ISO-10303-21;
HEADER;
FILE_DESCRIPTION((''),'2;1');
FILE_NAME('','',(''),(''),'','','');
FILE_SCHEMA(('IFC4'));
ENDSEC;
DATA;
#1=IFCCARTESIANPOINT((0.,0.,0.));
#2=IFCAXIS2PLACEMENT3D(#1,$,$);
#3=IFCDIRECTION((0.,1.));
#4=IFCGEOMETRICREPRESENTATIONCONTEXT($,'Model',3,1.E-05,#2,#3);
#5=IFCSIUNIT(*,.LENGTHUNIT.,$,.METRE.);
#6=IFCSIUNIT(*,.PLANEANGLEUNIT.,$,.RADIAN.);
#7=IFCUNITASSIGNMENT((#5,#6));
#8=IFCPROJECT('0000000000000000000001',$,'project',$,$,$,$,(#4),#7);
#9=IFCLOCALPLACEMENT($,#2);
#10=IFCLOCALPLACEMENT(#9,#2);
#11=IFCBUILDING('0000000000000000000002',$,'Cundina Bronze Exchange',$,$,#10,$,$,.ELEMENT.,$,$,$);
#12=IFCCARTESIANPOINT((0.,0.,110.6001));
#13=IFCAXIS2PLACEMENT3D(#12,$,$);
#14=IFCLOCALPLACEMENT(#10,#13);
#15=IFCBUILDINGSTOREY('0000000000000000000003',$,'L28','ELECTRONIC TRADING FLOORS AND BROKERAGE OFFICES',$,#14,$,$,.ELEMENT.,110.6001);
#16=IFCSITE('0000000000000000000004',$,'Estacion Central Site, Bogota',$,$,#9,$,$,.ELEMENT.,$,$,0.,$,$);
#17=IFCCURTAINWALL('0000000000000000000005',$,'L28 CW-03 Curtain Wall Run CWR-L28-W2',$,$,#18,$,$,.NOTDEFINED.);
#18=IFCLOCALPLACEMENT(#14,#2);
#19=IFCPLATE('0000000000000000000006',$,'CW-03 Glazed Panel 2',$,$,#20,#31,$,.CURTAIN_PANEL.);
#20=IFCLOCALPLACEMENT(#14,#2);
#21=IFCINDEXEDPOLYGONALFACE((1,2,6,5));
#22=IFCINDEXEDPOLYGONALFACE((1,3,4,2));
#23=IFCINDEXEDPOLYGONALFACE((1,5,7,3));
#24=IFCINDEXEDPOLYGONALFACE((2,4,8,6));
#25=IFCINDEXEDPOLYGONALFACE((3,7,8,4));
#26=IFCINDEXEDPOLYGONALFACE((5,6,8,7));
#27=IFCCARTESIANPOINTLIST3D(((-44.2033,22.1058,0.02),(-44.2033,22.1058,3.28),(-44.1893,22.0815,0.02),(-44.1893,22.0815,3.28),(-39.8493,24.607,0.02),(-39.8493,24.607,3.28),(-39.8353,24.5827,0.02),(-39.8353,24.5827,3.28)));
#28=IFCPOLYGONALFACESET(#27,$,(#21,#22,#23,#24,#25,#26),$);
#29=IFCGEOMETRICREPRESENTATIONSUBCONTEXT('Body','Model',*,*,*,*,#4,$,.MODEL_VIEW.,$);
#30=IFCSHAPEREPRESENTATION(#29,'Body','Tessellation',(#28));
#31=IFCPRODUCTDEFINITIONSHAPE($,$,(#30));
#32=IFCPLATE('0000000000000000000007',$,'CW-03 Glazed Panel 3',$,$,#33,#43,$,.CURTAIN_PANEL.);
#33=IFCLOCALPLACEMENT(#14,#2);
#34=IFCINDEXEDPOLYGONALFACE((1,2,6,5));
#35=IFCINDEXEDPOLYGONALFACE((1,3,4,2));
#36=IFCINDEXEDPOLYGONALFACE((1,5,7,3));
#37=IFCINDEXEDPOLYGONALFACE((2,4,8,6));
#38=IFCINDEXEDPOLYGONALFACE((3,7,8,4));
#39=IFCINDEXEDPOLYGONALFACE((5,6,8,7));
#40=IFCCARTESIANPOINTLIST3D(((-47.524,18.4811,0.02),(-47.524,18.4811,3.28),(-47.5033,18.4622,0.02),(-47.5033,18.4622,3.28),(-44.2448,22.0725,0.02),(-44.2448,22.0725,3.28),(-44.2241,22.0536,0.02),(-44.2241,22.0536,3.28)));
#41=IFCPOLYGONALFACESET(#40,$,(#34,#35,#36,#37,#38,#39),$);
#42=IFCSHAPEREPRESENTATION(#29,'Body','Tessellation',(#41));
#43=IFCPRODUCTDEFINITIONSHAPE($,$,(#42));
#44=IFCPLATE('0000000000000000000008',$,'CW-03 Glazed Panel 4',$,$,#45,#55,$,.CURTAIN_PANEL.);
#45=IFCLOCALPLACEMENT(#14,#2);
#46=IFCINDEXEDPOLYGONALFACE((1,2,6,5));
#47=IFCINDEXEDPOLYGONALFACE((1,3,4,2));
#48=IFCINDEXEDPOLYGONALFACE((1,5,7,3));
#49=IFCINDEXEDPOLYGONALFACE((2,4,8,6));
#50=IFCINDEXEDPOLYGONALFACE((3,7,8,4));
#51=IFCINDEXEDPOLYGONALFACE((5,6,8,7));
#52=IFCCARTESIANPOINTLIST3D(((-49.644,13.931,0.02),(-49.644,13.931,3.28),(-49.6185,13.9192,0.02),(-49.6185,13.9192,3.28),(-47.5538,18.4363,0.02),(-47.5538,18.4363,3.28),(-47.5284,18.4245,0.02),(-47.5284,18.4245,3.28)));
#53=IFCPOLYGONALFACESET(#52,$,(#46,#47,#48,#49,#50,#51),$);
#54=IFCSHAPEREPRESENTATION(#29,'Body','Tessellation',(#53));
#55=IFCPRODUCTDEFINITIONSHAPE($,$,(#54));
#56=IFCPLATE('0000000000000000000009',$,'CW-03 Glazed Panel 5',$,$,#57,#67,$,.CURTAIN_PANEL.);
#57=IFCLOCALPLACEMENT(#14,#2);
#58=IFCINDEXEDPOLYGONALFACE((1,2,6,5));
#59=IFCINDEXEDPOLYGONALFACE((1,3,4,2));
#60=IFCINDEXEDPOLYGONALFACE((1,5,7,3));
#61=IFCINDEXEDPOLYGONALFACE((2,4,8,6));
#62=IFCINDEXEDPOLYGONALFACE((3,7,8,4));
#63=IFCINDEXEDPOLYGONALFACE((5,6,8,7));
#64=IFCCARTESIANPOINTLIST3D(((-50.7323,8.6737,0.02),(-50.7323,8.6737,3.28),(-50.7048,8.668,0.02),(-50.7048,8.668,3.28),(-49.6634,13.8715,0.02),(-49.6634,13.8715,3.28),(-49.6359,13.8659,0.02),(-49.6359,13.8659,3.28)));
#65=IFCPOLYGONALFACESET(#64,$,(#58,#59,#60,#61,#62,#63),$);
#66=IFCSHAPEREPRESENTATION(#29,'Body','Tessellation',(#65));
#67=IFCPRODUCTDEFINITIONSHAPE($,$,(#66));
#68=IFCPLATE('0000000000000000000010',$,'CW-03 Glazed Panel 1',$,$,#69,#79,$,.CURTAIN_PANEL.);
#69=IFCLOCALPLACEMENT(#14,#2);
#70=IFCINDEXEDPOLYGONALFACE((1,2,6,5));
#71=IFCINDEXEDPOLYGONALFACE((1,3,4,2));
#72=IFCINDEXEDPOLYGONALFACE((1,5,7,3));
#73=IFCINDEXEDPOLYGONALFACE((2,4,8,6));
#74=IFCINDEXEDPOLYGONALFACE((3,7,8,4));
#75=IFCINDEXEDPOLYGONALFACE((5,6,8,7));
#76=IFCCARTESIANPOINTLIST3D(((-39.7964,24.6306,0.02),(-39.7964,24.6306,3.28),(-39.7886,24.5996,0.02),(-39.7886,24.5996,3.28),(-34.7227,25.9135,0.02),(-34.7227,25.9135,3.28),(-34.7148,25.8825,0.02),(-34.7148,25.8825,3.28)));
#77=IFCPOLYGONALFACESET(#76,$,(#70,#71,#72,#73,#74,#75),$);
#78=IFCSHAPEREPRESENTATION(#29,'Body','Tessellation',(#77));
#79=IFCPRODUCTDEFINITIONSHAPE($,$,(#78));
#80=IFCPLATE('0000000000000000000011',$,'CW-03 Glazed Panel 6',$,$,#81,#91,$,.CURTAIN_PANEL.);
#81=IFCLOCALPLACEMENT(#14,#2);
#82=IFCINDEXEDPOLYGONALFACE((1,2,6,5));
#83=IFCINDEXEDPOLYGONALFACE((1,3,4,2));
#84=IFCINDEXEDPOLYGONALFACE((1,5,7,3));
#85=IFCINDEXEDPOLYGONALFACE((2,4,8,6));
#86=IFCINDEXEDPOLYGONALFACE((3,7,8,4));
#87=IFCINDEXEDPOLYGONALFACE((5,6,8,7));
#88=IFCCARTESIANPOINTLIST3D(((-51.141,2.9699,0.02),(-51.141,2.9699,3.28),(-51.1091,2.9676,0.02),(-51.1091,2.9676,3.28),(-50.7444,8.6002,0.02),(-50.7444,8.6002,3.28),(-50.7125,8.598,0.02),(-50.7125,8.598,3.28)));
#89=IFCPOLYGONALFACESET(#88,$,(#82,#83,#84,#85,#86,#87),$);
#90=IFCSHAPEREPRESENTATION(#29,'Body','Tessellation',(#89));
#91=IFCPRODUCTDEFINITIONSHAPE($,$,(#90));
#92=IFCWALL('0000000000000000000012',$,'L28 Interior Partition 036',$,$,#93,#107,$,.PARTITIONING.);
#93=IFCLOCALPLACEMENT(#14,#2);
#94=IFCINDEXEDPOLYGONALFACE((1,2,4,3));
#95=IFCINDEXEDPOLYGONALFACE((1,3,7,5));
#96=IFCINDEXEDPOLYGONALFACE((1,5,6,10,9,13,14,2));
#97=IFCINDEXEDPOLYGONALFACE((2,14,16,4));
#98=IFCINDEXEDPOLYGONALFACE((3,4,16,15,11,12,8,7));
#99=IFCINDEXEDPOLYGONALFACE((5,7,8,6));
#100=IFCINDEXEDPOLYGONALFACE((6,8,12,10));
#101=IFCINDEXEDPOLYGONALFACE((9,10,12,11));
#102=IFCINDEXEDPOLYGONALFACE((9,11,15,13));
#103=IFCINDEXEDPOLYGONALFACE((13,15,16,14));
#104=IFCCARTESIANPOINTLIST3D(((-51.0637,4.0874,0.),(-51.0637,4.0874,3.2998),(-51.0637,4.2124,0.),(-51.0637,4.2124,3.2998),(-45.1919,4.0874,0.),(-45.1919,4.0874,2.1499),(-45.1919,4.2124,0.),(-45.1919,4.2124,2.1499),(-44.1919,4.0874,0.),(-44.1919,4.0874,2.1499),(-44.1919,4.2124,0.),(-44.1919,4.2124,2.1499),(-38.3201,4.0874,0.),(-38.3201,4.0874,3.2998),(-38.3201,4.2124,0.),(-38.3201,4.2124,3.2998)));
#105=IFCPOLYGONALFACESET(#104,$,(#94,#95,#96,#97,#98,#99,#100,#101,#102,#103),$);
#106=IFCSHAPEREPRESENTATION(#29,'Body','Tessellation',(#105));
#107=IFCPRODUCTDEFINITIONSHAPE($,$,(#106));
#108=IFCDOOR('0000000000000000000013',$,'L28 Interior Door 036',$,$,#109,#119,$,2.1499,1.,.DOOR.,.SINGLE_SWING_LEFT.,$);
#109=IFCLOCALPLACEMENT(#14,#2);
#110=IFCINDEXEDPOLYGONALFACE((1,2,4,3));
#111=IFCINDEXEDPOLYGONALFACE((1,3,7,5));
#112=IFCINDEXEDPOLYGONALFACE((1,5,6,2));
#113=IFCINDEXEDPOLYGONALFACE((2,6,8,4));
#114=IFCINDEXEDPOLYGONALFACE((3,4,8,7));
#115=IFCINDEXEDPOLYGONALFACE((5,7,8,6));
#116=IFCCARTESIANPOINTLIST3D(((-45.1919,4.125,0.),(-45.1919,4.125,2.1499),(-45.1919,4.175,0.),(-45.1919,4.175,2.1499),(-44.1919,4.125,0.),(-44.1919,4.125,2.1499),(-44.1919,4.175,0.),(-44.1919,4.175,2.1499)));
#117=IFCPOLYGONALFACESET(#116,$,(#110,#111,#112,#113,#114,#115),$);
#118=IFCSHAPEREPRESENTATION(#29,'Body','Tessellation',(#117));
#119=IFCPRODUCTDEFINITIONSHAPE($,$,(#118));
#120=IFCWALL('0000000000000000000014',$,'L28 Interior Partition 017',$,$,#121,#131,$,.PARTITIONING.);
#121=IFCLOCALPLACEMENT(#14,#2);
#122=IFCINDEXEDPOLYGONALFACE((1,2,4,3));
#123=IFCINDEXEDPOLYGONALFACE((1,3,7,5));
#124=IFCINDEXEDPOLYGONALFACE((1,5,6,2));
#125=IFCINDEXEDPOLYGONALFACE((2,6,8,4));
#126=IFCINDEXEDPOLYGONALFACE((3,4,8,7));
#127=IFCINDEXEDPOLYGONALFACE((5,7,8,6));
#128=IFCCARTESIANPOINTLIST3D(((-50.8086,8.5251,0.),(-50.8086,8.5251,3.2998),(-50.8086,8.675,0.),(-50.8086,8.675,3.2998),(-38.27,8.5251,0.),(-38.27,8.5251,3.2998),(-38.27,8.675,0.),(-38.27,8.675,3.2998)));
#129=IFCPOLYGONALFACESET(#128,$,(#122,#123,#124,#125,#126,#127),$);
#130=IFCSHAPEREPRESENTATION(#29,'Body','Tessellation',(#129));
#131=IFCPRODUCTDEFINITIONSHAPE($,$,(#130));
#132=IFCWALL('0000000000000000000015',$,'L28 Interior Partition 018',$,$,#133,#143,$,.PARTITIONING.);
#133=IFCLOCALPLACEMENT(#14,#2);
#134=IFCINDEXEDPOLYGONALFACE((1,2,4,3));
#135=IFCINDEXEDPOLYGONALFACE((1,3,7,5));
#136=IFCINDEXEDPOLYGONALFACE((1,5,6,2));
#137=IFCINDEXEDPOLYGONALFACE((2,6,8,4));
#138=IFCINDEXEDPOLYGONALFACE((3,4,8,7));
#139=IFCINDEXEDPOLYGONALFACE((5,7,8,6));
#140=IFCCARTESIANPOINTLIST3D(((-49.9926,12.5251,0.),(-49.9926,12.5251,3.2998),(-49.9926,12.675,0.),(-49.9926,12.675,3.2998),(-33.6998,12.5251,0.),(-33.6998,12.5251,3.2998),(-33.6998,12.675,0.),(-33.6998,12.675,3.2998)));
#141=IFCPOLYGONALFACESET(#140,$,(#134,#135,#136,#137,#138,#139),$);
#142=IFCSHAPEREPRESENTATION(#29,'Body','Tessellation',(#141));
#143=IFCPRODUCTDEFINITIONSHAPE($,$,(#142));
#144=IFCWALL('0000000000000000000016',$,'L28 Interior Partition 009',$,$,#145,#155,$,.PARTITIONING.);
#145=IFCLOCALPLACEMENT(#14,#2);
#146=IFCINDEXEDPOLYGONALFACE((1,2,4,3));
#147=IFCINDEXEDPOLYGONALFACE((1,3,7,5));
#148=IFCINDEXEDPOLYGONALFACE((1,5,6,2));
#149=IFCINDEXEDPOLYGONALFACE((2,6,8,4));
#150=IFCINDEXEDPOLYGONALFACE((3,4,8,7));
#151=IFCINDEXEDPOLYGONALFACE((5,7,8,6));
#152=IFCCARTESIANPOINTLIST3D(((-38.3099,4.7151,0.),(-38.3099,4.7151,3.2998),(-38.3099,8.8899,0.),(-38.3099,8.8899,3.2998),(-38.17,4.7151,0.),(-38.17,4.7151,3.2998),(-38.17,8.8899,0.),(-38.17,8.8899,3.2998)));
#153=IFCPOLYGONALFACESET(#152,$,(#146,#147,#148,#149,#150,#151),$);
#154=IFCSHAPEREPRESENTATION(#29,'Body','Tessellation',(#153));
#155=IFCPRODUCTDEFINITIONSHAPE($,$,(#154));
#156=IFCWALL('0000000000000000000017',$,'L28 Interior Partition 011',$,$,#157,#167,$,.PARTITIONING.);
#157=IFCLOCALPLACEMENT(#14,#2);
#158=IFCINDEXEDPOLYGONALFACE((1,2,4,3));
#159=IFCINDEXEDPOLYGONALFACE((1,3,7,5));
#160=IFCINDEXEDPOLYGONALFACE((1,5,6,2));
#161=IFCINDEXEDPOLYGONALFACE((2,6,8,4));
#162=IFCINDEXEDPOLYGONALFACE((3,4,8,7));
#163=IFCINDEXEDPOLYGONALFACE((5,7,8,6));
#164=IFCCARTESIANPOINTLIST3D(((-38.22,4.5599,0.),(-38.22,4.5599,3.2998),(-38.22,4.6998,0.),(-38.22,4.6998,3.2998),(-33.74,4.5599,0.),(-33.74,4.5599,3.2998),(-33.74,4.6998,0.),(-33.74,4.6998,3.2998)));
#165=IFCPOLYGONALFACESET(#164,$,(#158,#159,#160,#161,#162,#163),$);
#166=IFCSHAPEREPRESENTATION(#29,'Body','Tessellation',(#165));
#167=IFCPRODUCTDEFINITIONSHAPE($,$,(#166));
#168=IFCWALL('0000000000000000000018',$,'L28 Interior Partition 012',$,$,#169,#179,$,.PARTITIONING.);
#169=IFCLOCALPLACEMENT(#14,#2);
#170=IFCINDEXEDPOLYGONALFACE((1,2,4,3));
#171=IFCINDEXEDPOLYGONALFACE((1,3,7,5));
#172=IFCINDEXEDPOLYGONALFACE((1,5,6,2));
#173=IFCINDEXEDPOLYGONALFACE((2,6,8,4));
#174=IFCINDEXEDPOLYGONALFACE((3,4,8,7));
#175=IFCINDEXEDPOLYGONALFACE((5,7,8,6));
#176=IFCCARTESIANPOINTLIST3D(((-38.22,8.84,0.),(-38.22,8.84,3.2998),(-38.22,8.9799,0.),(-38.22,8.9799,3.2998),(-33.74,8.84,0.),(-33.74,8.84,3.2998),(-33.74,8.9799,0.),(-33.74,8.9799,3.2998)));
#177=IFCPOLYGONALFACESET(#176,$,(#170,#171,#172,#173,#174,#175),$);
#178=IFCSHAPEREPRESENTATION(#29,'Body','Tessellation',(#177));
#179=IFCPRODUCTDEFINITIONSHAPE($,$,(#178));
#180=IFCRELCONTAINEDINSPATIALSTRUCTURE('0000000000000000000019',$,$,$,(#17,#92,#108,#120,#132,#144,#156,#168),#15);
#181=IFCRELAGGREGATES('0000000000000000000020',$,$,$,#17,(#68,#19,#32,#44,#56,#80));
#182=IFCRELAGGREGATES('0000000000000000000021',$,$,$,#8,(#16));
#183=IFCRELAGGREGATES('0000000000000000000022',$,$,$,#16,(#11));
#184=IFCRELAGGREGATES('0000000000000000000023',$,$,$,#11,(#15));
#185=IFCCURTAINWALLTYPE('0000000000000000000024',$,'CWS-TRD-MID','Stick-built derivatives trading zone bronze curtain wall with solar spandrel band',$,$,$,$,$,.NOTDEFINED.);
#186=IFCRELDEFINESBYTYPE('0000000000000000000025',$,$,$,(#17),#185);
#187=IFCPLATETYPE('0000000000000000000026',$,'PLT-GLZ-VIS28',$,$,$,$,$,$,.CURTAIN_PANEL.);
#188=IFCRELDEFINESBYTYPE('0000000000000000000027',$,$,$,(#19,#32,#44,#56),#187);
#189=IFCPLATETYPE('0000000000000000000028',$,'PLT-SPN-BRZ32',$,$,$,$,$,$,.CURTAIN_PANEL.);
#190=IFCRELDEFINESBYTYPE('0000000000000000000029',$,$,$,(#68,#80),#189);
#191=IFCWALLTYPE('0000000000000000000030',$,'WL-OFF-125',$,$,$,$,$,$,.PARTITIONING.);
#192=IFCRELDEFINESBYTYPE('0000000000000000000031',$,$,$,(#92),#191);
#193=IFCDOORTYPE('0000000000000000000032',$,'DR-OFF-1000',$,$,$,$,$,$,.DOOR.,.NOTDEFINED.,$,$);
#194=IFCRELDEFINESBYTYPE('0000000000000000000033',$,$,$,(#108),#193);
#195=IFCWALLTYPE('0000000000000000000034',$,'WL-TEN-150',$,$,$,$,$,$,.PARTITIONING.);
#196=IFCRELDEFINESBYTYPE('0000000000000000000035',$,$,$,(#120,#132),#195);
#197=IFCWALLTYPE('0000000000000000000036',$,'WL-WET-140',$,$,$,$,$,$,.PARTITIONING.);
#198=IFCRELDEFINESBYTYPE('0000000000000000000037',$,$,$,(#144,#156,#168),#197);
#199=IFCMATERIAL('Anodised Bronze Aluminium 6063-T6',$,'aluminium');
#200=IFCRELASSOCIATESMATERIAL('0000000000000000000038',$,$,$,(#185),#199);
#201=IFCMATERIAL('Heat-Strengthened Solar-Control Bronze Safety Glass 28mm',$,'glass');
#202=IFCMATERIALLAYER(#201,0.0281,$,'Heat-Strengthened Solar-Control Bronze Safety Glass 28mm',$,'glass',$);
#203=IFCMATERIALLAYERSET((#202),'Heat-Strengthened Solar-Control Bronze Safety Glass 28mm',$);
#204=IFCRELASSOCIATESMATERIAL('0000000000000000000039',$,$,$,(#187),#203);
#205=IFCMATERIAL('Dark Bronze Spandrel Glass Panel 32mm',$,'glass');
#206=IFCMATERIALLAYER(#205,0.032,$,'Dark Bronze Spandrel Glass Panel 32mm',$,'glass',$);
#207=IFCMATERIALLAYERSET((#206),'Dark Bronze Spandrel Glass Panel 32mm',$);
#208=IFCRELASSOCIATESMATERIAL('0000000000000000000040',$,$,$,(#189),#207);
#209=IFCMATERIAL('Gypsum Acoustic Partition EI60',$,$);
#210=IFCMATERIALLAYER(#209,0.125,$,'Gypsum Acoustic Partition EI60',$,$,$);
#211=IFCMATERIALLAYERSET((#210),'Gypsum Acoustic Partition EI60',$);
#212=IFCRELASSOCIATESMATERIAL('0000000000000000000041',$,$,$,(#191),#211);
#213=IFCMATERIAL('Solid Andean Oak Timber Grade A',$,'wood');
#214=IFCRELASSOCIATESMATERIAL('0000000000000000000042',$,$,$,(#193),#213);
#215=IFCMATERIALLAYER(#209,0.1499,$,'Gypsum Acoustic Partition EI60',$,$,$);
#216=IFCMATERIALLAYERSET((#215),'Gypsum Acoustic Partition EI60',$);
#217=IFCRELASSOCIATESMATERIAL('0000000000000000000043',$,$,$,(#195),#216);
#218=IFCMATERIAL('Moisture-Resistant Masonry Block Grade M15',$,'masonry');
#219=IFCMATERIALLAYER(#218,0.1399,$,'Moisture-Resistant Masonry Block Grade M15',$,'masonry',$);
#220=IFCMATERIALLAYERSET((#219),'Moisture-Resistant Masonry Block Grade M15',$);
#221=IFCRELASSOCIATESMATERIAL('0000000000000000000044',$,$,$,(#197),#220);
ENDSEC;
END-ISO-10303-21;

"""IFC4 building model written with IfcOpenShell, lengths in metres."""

from ifc_helpers import new_model, si_unit, direction, frame, frame_2d, origin, origin_2d, place, context, subcontext, project, spatial, rectangle, extrude, material, layer, layer_set, type_object, element, fill, aggregate, save


model = new_model("IFC4")

# Units and contexts
model_context = context("Model", 3, precision=1e-05, world=origin(), true_north=direction((0.0, 1.0)))
body_context = subcontext(model_context, "Body", "Model", "MODEL_VIEW")
ifc_project = project(units=[si_unit("LENGTHUNIT", "METRE"), si_unit("PLANEANGLEUNIT", "RADIAN")], contexts=[model_context])

# Site, building, storey
site_placement = place(None, origin())
site = spatial("IfcSite", under=ifc_project, at=site_placement, Name="Estacion Central Site, Bogota", CompositionType="ELEMENT", RefElevation=0.0)
building_placement = place(site_placement, origin())
building = spatial("IfcBuilding", under=site, at=building_placement, Name="Cundina Bronze Exchange", CompositionType="ELEMENT")
storey_placement = place(building_placement, frame((0.0, 0.0, 110.6001)))
storey = spatial("IfcBuildingStorey", under=building, at=storey_placement, Name="L28", Description="ELECTRONIC TRADING FLOORS AND BROKERAGE OFFICES", CompositionType="ELEMENT", Elevation=110.6001)

# Curtain wall, plates
ifc_material_1 = material(Name="Anodised Bronze Aluminium 6063-T6", Category="aluminium")
curtain_wall_type = type_object("IfcCurtainWallType", Name="CWS-TRD-MID", Description="Stick-built derivatives trading zone bronze curtain wall with solar spandrel band", PredefinedType="NOTDEFINED", material=ifc_material_1)
curtain_wall_placement = place(storey_placement, origin())
curtain_wall = element("IfcCurtainWall", 1, at=curtain_wall_placement, inside=storey, type_object=curtain_wall_type, Name="L28 CW-03 Curtain Wall Run CWR-L28-W2", PredefinedType="NOTDEFINED")
ifc_material_2 = material(Name="Heat-Strengthened Solar-Control Bronze Safety Glass 28mm", Category="glass")
ifc_layer_1 = layer(ifc_material_2, 0.0281, Name="Heat-Strengthened Solar-Control Bronze Safety Glass 28mm", Category="glass")
ifc_layer_set_1 = layer_set([ifc_layer_1], Name="Heat-Strengthened Solar-Control Bronze Safety Glass 28mm")
plate_type_1 = type_object("IfcPlateType", Name="PLT-GLZ-VIS28", PredefinedType="CURTAIN_PANEL", material=ifc_layer_set_1)
plate_1_placement = place(storey_placement, frame((-42.0193, 23.3442, 0.02), z_axis=(0.0, 0.0, 1.0), x_axis=(-0.867105, -0.498125, 0.0)))
plate_1 = element("IfcPlate", 2, at=plate_1_placement, type_object=plate_type_1, Name="CW-03 Glazed Panel 2", PredefinedType="CURTAIN_PANEL", context=body_context, shape_type="SweptSolid", body=[
    extrude(rectangle(XDim=5.0212, YDim=0.0281, at=origin_2d()), origin(), (0.0, 0.0, 1.0), 3.26),
])
plate_2_placement = place(storey_placement, frame((-45.874, 20.2673, 0.02), z_axis=(0.0, 0.0, 1.0), x_axis=(-0.674277, -0.738479, 0.0)))
plate_2 = element("IfcPlate", 3, at=plate_2_placement, type_object=plate_type_1, Name="CW-03 Glazed Panel 3", PredefinedType="CURTAIN_PANEL", context=body_context, shape_type="SweptSolid", body=[
    extrude(rectangle(XDim=4.8633, YDim=0.0281, at=origin_2d()), origin(), (0.0, 0.0, 1.0), 3.26),
])
plate_3_placement = place(storey_placement, frame((-48.5862, 16.1777, 0.02), z_axis=(0.0, 0.0, 1.0), x_axis=(-0.420846, -0.907132, 0.0)))
plate_3 = element("IfcPlate", 4, at=plate_3_placement, type_object=plate_type_1, Name="CW-03 Glazed Panel 4", PredefinedType="CURTAIN_PANEL", context=body_context, shape_type="SweptSolid", body=[
    extrude(rectangle(XDim=4.9666, YDim=0.0281, at=origin_2d()), origin(), (0.0, 0.0, 1.0), 3.26),
])
plate_4_placement = place(storey_placement, frame((-50.1841, 11.2698, 0.02), z_axis=(0.0, 0.0, 1.0), x_axis=(-0.20142, -0.979505, 0.0)))
plate_4 = element("IfcPlate", 5, at=plate_4_placement, type_object=plate_type_1, Name="CW-03 Glazed Panel 5", PredefinedType="CURTAIN_PANEL", context=body_context, shape_type="SweptSolid", body=[
    extrude(rectangle(XDim=5.3066, YDim=0.0281, at=origin_2d()), origin(), (0.0, 0.0, 1.0), 3.26),
])
ifc_material_3 = material(Name="Dark Bronze Spandrel Glass Panel 32mm", Category="glass")
ifc_layer_2 = layer(ifc_material_3, 0.032, Name="Dark Bronze Spandrel Glass Panel 32mm", Category="glass")
ifc_layer_set_2 = layer_set([ifc_layer_2], Name="Dark Bronze Spandrel Glass Panel 32mm")
plate_type_2 = type_object("IfcPlateType", Name="PLT-SPN-BRZ32", PredefinedType="CURTAIN_PANEL", material=ifc_layer_set_2)
plate_5_placement = place(storey_placement, frame((-37.2556, 25.2566, 0.02), z_axis=(0.0, 0.0, 1.0), x_axis=(-0.969488, -0.245138, 0.0)))
plate_5 = element("IfcPlate", 6, at=plate_5_placement, type_object=plate_type_2, Name="CW-03 Glazed Panel 1", PredefinedType="CURTAIN_PANEL", context=body_context, shape_type="SweptSolid", body=[
    extrude(rectangle(XDim=5.2334, YDim=0.032, at=origin_2d()), origin(), (0.0, 0.0, 1.0), 3.26),
])
plate_6_placement = place(storey_placement, frame((-50.9268, 5.7839, 0.02), z_axis=(0.0, 0.0, 1.0), x_axis=(-0.070279, -0.997527, 0.0)))
plate_6 = element("IfcPlate", 7, at=plate_6_placement, type_object=plate_type_2, Name="CW-03 Glazed Panel 6", PredefinedType="CURTAIN_PANEL", context=body_context, shape_type="SweptSolid", body=[
    extrude(rectangle(XDim=5.6443, YDim=0.032, at=origin_2d()), origin(), (0.0, 0.0, 1.0), 3.26),
])
aggregate(curtain_wall, [plate_5, plate_1, plate_2, plate_3, plate_4, plate_6])

# Wall, opening, door
ifc_material_4 = material(Name="Gypsum Acoustic Partition EI60")
ifc_layer_3 = layer(ifc_material_4, 0.125, Name="Gypsum Acoustic Partition EI60")
ifc_layer_set_3 = layer_set([ifc_layer_3], Name="Gypsum Acoustic Partition EI60")
wall_type_1 = type_object("IfcWallType", Name="WL-OFF-125", PredefinedType="PARTITIONING", material=ifc_layer_set_3)
wall_1_placement = place(storey_placement, frame((-38.3201, 4.1499, 0.0), z_axis=(0.0, 0.0, 1.0), x_axis=(-1.0, 0.0, 0.0)))
wall_1 = element("IfcWall", 8, at=wall_1_placement, inside=storey, type_object=wall_type_1, Name="L28 Interior Partition 036", PredefinedType="PARTITIONING", context=body_context, shape_type="SweptSolid", body=[
    extrude(rectangle(XDim=12.7437, YDim=0.125, at=frame_2d((6.3718, 0.0))), origin(), (0.0, 0.0, 1.0), 3.2998),
])
opening_placement = place(wall_1_placement, frame((5.8718, 0.0, 0.0)))
opening = element("IfcOpeningElement", 9, at=opening_placement, cuts=wall_1, PredefinedType="OPENING", context=body_context, shape_type="SweptSolid", body=[
    extrude(rectangle(XDim=1.0, YDim=2.1499, at=frame_2d((0.5, 1.075))), frame((0.0, 0.0725, 0.0), z_axis=(0.0, -1.0, 0.0), x_axis=(1.0, 0.0, 0.0)), (0.0, 0.0, 1.0), 0.145),
])
ifc_material_5 = material(Name="Solid Andean Oak Timber Grade A", Category="wood")
door_type = type_object("IfcDoorType", Name="DR-OFF-1000", OperationType="NOTDEFINED", PredefinedType="DOOR", material=ifc_material_5)
door_placement = place(opening_placement, origin())
door = element("IfcDoor", 10, at=door_placement, inside=storey, type_object=door_type, Name="L28 Interior Door 036", OperationType="SINGLE_SWING_LEFT", OverallHeight=2.1499, OverallWidth=1.0, PredefinedType="DOOR", context=body_context, shape_type="SweptSolid", body=[
    extrude(rectangle(XDim=1.0, YDim=2.1499, at=frame_2d((0.5, 1.075))), frame((0.0, 0.0249, 0.0), z_axis=(0.0, -1.0, 0.0), x_axis=(1.0, 0.0, 0.0)), (0.0, 0.0, 1.0), 0.05),
])
fill(opening, door)

# Walls
ifc_layer_4 = layer(ifc_material_4, 0.1499, Name="Gypsum Acoustic Partition EI60")
ifc_layer_set_4 = layer_set([ifc_layer_4], Name="Gypsum Acoustic Partition EI60")
wall_type_2 = type_object("IfcWallType", Name="WL-TEN-150", PredefinedType="PARTITIONING", material=ifc_layer_set_4)
wall_2_placement = place(storey_placement, frame((-50.8086, 8.6001, 0.0), z_axis=(0.0, 0.0, 1.0), x_axis=(1.0, 0.0, 0.0)))
element("IfcWall", 11, at=wall_2_placement, inside=storey, type_object=wall_type_2, Name="L28 Interior Partition 017", PredefinedType="PARTITIONING", context=body_context, shape_type="SweptSolid", body=[
    extrude(rectangle(XDim=12.5386, YDim=0.1499, at=frame_2d((6.2693, 0.0))), origin(), (0.0, 0.0, 1.0), 3.2998),
])
wall_3_placement = place(storey_placement, frame((-49.9927, 12.6001, 0.0), z_axis=(0.0, 0.0, 1.0), x_axis=(1.0, 0.0, 0.0)))
element("IfcWall", 12, at=wall_3_placement, inside=storey, type_object=wall_type_2, Name="L28 Interior Partition 018", PredefinedType="PARTITIONING", context=body_context, shape_type="SweptSolid", body=[
    extrude(rectangle(XDim=16.2927, YDim=0.1499, at=frame_2d((8.1465, 0.0))), origin(), (0.0, 0.0, 1.0), 3.2998),
])
ifc_material_6 = material(Name="Moisture-Resistant Masonry Block Grade M15", Category="masonry")
ifc_layer_5 = layer(ifc_material_6, 0.1399, Name="Moisture-Resistant Masonry Block Grade M15", Category="masonry")
ifc_layer_set_5 = layer_set([ifc_layer_5], Name="Moisture-Resistant Masonry Block Grade M15")
wall_type_3 = type_object("IfcWallType", Name="WL-WET-140", PredefinedType="PARTITIONING", material=ifc_layer_set_5)
wall_4_placement = place(storey_placement, frame((-38.24, 4.7151, 0.0), z_axis=(0.0, 0.0, 1.0), x_axis=(0.0, 1.0, 0.0)))
element("IfcWall", 13, at=wall_4_placement, inside=storey, type_object=wall_type_3, Name="L28 Interior Partition 009", PredefinedType="PARTITIONING", context=body_context, shape_type="SweptSolid", body=[
    extrude(rectangle(XDim=4.1748, YDim=0.1399, at=frame_2d((2.0874, 0.0))), origin(), (0.0, 0.0, 1.0), 3.2998),
])
for number, where, z_axis, x_axis, name in (
    (14, (-38.22, 4.6299, 0.0), (0.0, 0.0, 1.0), (1.0, 0.0, 0.0), "L28 Interior Partition 011"),
    (15, (-38.22, 8.9099, 0.0), (0.0, 0.0, 1.0), (1.0, 0.0, 0.0), "L28 Interior Partition 012"),
):
    element("IfcWall", number, at=place(storey_placement, frame(where, z_axis=z_axis, x_axis=x_axis)), inside=storey, type_object=wall_type_3, Name=name, PredefinedType="PARTITIONING", context=body_context, shape_type="SweptSolid", body=[
        extrude(rectangle(XDim=4.48, YDim=0.1399, at=frame_2d((2.24, 0.0))), origin(), (0.0, 0.0, 1.0), 3.2998),
    ])

save(model, "model.ifc")
